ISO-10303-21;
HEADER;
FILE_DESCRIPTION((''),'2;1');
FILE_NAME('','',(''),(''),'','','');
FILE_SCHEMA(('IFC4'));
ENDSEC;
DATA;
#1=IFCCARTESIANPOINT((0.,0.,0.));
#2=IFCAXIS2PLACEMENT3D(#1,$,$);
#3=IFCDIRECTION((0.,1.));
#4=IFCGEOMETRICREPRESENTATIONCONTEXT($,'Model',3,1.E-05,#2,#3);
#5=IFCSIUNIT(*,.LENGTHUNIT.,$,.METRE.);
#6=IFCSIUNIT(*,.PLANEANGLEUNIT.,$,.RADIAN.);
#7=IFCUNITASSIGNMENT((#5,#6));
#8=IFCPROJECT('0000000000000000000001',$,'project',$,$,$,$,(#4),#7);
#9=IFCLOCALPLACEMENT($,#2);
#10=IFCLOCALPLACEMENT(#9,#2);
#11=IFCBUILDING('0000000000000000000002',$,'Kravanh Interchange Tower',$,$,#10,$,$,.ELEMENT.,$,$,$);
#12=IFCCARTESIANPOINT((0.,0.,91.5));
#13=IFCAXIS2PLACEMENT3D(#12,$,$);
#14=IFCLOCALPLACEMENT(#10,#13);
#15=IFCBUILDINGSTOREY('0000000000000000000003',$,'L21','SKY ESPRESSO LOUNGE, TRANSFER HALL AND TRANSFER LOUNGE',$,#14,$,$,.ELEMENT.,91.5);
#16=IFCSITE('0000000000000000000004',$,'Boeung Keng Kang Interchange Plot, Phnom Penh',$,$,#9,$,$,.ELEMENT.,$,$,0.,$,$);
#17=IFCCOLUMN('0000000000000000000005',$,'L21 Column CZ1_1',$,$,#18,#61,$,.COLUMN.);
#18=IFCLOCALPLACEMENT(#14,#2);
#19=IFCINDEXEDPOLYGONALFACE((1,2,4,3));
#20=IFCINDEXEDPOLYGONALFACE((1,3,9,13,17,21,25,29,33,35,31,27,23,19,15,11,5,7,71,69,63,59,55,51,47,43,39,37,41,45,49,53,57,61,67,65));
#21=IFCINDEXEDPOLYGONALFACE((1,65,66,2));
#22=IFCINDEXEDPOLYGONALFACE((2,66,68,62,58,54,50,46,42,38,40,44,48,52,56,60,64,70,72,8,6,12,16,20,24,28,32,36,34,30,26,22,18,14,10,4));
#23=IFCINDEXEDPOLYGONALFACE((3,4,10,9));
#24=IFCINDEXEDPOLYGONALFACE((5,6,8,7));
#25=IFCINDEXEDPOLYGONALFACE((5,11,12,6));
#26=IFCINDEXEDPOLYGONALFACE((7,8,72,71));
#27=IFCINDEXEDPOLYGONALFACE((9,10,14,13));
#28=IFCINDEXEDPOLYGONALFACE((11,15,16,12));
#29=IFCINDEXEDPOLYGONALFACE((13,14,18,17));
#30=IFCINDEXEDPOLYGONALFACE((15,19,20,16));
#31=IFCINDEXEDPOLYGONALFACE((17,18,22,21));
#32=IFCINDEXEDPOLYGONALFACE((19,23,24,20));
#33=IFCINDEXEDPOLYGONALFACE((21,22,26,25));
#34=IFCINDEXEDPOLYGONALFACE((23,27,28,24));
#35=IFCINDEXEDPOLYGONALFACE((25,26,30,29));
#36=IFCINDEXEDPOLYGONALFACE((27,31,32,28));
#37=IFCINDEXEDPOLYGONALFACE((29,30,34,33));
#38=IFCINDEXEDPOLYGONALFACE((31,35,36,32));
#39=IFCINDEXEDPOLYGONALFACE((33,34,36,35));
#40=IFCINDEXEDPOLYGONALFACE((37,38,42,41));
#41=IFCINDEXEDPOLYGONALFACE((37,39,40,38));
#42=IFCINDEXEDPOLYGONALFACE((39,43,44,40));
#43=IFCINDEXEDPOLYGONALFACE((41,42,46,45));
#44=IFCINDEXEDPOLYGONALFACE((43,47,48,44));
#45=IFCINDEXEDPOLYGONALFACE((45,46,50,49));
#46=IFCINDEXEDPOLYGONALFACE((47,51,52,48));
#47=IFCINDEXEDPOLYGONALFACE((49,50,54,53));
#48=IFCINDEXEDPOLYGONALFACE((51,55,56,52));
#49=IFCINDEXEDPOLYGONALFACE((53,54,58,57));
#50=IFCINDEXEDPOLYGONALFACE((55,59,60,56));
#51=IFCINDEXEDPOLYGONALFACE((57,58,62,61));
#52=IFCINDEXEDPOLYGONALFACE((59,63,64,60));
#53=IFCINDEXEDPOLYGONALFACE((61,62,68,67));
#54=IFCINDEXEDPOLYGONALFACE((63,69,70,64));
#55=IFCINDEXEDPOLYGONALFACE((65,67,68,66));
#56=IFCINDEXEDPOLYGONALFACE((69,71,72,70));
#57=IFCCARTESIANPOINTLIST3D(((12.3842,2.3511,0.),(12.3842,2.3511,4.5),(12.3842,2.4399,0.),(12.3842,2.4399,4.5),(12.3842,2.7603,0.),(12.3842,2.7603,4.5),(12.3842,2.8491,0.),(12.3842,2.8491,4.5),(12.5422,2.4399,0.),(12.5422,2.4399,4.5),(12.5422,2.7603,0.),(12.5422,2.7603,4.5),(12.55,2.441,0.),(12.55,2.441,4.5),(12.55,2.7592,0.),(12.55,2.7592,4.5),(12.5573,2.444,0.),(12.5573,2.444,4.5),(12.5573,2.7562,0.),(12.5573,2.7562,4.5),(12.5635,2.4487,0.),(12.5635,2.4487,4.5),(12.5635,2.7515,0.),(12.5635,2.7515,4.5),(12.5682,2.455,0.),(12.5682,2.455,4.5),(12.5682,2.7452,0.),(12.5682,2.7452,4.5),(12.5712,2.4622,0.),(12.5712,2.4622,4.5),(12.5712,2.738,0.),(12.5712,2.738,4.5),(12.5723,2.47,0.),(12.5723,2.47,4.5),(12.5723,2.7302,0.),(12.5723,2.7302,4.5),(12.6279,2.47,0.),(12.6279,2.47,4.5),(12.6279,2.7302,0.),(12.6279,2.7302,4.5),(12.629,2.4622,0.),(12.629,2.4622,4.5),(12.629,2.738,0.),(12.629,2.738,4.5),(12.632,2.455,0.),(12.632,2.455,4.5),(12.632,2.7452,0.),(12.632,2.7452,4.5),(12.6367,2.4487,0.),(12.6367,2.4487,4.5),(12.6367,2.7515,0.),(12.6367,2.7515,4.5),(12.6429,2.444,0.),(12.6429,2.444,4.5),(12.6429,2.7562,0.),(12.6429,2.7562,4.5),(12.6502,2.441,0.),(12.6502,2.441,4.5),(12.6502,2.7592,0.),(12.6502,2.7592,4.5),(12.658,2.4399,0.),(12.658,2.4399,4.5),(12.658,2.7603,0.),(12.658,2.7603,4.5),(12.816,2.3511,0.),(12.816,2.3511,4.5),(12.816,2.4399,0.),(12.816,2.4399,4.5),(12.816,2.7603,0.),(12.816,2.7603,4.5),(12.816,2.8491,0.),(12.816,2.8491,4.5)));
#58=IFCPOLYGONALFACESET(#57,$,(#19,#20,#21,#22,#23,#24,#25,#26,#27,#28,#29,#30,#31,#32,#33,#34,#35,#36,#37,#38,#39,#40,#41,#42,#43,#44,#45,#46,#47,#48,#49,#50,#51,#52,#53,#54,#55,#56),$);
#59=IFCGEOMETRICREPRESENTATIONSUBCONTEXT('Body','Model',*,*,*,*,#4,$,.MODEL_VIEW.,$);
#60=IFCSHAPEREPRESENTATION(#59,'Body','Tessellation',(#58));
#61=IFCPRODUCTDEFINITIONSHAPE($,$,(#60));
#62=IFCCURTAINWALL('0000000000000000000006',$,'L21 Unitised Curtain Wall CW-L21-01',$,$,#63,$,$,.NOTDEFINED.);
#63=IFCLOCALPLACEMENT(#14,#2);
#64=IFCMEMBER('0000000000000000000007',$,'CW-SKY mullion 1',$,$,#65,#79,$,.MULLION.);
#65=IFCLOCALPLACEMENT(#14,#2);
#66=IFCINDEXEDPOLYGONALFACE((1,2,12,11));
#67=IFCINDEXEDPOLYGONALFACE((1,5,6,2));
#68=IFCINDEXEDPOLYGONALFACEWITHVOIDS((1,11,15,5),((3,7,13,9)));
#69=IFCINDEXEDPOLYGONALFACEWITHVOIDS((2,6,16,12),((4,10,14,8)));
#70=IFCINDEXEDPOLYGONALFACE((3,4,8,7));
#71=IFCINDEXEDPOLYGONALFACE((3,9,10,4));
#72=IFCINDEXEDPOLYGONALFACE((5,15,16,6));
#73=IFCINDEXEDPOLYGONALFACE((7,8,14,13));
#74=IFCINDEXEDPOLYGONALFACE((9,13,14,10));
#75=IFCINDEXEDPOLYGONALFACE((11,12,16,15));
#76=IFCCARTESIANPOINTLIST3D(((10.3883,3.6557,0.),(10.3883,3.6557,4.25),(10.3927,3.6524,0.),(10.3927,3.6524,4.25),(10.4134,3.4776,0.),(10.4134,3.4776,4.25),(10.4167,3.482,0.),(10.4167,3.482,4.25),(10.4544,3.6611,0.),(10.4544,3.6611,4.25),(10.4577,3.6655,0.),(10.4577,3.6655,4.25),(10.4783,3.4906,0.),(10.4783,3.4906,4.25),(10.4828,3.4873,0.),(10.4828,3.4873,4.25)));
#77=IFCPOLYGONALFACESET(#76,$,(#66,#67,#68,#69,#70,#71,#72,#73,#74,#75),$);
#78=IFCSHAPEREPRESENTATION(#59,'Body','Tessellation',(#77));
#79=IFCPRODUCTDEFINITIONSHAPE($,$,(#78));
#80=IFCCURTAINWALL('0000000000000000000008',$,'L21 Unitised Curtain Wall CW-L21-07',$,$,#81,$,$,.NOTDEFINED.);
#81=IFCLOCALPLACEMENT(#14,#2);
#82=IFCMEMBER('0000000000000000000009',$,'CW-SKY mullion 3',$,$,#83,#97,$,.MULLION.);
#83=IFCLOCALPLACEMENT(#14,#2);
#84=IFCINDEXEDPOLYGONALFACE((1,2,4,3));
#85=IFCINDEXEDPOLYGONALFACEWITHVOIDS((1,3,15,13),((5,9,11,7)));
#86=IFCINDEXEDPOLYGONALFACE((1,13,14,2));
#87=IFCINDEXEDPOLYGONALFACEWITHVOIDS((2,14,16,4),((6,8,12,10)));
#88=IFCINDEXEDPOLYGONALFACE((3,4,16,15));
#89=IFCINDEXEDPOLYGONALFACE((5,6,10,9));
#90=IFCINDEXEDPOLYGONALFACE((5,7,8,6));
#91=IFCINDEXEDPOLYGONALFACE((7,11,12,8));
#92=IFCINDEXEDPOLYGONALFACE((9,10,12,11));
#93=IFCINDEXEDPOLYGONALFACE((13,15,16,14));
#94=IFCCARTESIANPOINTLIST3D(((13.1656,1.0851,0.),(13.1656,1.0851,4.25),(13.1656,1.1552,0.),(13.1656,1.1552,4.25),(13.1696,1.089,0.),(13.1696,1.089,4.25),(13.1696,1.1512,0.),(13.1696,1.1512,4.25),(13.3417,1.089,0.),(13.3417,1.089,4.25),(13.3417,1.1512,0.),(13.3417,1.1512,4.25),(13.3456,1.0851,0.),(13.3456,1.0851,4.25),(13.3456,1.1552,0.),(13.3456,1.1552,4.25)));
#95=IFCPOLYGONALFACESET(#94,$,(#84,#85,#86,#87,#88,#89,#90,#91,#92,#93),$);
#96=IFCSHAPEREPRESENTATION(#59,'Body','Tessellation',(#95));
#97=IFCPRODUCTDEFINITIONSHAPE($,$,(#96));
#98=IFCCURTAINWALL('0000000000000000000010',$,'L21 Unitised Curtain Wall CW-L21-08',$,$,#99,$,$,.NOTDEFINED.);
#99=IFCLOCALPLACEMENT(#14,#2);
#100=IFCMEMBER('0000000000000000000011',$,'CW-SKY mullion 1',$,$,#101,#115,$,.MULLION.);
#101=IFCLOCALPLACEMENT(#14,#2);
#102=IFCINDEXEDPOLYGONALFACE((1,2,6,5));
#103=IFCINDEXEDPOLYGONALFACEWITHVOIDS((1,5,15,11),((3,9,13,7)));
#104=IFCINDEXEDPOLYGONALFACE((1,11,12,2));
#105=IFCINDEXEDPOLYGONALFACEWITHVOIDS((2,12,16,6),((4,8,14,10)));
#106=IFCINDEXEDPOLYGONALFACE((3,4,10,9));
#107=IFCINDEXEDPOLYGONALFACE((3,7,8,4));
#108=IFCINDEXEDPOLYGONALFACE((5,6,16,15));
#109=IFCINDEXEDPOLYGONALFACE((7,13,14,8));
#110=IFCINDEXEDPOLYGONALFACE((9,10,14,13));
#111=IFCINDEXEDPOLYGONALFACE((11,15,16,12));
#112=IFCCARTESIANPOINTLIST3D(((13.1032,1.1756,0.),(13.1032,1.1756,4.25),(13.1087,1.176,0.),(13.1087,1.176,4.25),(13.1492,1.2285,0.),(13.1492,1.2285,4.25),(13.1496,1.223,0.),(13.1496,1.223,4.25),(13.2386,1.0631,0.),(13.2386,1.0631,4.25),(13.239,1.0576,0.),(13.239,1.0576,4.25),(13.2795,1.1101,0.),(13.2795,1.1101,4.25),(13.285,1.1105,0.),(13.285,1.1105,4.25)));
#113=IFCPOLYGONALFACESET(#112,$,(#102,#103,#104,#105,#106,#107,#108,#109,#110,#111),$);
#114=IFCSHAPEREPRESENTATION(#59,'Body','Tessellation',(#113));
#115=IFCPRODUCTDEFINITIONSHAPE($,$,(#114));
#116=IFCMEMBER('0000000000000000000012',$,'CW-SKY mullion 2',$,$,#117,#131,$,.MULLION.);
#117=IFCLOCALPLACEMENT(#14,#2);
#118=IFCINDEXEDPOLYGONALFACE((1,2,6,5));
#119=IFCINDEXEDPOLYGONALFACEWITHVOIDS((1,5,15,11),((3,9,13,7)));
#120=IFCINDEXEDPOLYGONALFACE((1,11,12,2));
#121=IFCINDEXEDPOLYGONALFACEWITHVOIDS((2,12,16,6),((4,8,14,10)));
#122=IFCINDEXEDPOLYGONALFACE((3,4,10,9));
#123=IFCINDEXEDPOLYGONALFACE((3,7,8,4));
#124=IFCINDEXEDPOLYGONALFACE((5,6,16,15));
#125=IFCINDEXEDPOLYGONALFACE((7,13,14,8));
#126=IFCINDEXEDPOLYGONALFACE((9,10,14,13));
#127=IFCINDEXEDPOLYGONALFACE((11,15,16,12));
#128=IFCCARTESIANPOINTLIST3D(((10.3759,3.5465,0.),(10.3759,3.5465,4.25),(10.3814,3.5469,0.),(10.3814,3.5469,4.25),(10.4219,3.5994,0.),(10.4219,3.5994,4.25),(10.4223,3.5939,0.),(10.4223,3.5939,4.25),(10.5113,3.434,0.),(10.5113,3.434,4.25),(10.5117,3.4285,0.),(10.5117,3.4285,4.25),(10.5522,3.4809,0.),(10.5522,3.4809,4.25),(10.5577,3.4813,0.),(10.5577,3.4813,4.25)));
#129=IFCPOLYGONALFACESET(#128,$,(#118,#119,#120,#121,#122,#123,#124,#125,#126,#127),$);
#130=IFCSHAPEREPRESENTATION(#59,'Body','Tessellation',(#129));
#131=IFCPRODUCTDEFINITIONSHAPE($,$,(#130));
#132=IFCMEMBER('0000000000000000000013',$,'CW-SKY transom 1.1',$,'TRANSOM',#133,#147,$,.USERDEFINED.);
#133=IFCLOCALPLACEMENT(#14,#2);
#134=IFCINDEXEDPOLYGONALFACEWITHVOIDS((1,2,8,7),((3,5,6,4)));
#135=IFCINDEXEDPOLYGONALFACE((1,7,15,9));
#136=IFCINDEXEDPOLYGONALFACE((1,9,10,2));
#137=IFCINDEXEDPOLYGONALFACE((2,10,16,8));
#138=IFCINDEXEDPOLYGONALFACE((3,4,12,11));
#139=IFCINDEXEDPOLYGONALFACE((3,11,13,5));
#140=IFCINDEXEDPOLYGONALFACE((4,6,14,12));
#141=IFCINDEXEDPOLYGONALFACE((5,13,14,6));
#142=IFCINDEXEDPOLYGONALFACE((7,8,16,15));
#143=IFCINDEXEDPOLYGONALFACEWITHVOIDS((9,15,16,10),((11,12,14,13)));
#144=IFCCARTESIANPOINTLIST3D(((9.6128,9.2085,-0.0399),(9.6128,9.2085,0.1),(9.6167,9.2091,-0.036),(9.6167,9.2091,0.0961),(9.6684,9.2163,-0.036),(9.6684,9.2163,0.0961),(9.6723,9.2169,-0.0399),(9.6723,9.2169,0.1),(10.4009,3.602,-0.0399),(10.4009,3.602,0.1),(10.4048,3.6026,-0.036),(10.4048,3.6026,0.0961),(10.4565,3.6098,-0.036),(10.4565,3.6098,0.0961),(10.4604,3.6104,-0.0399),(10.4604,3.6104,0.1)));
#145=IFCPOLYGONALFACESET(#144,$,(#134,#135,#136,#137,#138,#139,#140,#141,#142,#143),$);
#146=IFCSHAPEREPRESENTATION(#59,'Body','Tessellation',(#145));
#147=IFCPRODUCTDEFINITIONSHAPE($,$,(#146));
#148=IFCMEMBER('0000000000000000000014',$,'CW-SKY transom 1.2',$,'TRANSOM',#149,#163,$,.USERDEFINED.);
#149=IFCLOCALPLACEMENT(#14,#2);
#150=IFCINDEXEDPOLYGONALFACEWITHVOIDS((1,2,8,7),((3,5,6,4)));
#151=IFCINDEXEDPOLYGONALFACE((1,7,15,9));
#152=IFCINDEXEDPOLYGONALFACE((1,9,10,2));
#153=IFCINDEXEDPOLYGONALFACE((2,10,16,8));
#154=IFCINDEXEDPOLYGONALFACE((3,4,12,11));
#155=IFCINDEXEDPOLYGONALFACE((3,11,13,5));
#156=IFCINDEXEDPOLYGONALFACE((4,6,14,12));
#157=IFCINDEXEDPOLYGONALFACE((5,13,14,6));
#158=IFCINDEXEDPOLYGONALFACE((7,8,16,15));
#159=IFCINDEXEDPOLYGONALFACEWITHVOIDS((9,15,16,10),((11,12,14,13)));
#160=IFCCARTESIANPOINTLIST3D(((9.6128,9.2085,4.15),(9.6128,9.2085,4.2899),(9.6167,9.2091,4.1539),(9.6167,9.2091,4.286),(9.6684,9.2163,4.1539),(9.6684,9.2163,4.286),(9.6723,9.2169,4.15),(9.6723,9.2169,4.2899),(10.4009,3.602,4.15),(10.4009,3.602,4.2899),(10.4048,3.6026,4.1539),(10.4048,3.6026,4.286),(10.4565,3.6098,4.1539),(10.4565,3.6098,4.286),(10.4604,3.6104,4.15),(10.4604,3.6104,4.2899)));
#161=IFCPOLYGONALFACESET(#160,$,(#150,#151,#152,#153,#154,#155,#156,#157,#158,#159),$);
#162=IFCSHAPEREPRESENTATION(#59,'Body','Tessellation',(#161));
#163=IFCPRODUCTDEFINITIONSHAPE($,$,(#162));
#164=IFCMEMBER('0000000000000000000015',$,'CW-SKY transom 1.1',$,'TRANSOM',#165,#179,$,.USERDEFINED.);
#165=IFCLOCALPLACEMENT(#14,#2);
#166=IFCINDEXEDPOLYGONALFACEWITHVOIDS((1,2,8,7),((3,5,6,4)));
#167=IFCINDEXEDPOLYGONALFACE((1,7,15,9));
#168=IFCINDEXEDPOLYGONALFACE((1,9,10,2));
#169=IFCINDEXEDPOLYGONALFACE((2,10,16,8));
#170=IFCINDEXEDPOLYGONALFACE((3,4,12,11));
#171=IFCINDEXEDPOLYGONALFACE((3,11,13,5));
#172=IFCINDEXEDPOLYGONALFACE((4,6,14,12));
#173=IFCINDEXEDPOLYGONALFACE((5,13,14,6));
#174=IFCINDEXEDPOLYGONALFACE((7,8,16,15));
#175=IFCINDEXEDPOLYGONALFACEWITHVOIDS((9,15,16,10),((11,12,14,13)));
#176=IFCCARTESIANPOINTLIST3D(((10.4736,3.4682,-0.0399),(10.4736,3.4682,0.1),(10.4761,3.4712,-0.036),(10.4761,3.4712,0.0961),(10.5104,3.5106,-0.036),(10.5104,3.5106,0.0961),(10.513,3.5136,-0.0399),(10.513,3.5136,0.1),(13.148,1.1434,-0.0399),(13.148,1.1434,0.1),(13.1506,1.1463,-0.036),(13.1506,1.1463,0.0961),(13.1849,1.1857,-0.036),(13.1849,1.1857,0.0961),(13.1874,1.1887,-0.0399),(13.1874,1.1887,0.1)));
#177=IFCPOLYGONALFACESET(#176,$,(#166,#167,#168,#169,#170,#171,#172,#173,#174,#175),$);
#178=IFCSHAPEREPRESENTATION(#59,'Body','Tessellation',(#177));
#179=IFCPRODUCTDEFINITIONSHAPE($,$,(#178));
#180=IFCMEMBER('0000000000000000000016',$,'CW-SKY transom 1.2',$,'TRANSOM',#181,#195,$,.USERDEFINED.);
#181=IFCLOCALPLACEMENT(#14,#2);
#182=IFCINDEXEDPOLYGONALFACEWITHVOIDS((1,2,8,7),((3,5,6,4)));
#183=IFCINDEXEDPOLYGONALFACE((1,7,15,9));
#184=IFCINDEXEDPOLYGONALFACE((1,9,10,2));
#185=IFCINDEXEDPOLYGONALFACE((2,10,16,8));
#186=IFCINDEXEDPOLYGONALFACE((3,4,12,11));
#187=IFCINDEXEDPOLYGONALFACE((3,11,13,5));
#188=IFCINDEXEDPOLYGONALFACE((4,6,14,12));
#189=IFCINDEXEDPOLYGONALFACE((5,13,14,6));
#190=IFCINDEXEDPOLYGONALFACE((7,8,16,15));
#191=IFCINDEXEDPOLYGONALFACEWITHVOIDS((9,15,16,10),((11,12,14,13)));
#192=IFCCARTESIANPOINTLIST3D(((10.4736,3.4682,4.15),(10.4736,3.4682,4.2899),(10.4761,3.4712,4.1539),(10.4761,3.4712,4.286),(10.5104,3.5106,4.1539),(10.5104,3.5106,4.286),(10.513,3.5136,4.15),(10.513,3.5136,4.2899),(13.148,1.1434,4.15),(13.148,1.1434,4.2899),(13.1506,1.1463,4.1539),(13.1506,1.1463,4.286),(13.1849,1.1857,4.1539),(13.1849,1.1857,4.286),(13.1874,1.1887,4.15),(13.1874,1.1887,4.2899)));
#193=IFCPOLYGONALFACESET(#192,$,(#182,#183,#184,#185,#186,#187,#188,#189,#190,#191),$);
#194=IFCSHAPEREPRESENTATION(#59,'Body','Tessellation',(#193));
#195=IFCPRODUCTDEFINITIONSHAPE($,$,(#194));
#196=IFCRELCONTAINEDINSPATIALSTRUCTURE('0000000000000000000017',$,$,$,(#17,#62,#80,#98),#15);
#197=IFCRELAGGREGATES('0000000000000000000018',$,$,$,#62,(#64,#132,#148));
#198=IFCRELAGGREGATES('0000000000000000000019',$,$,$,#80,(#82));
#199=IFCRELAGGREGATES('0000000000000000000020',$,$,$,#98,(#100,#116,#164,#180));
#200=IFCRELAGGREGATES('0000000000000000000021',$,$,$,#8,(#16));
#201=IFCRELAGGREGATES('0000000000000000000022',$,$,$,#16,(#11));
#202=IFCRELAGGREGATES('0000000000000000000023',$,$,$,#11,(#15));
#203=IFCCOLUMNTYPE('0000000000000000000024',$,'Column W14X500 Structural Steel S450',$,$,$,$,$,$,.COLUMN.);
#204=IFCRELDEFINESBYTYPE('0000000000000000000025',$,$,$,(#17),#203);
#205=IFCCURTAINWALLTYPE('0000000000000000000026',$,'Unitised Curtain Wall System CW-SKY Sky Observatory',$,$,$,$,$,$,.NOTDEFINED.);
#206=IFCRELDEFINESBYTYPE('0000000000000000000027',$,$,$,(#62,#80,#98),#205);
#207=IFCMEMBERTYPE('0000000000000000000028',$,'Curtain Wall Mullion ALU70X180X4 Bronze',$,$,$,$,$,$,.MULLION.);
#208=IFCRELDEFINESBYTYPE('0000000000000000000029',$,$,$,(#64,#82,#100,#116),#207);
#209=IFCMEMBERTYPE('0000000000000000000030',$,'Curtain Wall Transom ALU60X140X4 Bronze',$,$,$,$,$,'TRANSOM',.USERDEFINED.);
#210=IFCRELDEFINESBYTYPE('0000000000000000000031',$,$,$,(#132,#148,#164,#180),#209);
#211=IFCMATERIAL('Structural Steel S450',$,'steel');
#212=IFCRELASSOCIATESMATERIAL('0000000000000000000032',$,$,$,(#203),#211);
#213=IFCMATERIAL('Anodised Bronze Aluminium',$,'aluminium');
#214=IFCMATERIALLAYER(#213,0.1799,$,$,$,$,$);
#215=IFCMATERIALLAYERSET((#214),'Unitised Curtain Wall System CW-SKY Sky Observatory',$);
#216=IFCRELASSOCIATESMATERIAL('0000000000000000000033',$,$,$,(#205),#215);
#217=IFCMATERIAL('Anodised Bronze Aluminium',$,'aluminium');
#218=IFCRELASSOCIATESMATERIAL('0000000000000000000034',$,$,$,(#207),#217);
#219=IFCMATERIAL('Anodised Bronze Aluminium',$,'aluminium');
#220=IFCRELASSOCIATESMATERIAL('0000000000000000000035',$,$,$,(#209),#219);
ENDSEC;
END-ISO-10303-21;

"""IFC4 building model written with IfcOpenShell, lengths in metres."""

from ifc_helpers import new_model, si_unit, direction, frame, origin, origin_2d, place, context, subcontext, project, spatial, hollow_rectangle, i_section, extrude, material, layer, layer_set, material_profile, profile_set, type_object, element, aggregate, save


model = new_model("IFC4")

# Units and contexts
model_context = context("Model", 3, precision=1e-05, world=origin(), true_north=direction((0.0, 1.0)))
body_context = subcontext(model_context, "Body", "Model", "MODEL_VIEW")
ifc_project = project(units=[si_unit("LENGTHUNIT", "METRE"), si_unit("PLANEANGLEUNIT", "RADIAN")], contexts=[model_context])

# Site, building, storey
site_placement = place(None, origin())
site = spatial("IfcSite", under=ifc_project, at=site_placement, Name="Boeung Keng Kang Interchange Plot, Phnom Penh", CompositionType="ELEMENT", RefElevation=0.0)
building_placement = place(site_placement, origin())
building = spatial("IfcBuilding", under=site, at=building_placement, Name="Kravanh Interchange Tower", CompositionType="ELEMENT")
storey_placement = place(building_placement, frame((0.0, 0.0, 91.5)))
storey = spatial("IfcBuildingStorey", under=building, at=storey_placement, Name="L21", Description="SKY ESPRESSO LOUNGE, TRANSFER HALL AND TRANSFER LOUNGE", CompositionType="ELEMENT", Elevation=91.5)

# Column
ifc_material_1 = material(Name="Structural Steel S450", Category="steel")
ifc_material_profile_1 = material_profile(ifc_material_1, i_section(OverallWidth=0.4319, OverallDepth=0.498, WebThickness=0.0557, FlangeThickness=0.0889, FilletRadius=0.03, at=origin_2d()), Name="W14X500")
ifc_profile_set_1 = profile_set([ifc_material_profile_1], Name="Structural Steel S450")
column_type = type_object("IfcColumnType", Name="Column W14X500 Structural Steel S450", PredefinedType="COLUMN", material=ifc_profile_set_1)
column_placement = place(storey_placement, frame((12.6001, 2.6001, 0.0), z_axis=(0.0, 0.0, 1.0), x_axis=(1.0, 0.0, 0.0)))
element("IfcColumn", 1, at=column_placement, inside=storey, type_object=column_type, Name="L21 Column CZ1_1", PredefinedType="COLUMN", context=body_context, shape_type="SweptSolid", body=[
    extrude(i_section(OverallWidth=0.4319, OverallDepth=0.498, WebThickness=0.0557, FlangeThickness=0.0889, FilletRadius=0.03, at=origin_2d()), origin(), (0.0, 0.0, 1.0), 4.5),
])

# Curtain walls, members
ifc_material_2 = material(Name="Anodised Bronze Aluminium", Category="aluminium")
ifc_layer_1 = layer(ifc_material_2, 0.1799)
ifc_layer_set_1 = layer_set([ifc_layer_1], Name="Unitised Curtain Wall System CW-SKY Sky Observatory")
curtain_wall_type = type_object("IfcCurtainWallType", Name="Unitised Curtain Wall System CW-SKY Sky Observatory", PredefinedType="NOTDEFINED", material=ifc_layer_set_1)
curtain_wall_1_placement = place(storey_placement, origin())
curtain_wall_1 = element("IfcCurtainWall", 2, at=curtain_wall_1_placement, inside=storey, type_object=curtain_wall_type, Name="L21 Unitised Curtain Wall CW-L21-01", PredefinedType="NOTDEFINED")
ifc_material_3 = material(Name="Anodised Bronze Aluminium", Category="aluminium")
ifc_material_profile_2 = material_profile(ifc_material_3, hollow_rectangle(XDim=0.0701, YDim=0.1799, WallThickness=0.0039, at=origin_2d()), Name="ALU70X180X4")
ifc_profile_set_2 = profile_set([ifc_material_profile_2], Name="Anodised Bronze Aluminium")
member_type_1 = type_object("IfcMemberType", Name="Curtain Wall Mullion ALU70X180X4 Bronze", PredefinedType="MULLION", material=ifc_profile_set_2)
member_1_placement = place(storey_placement, frame((10.4355, 3.5715, 0.0), z_axis=(0.0, 0.0, 1.0), x_axis=(-0.990268, -0.139177, 0.0)))
member_1 = element("IfcMember", 3, at=member_1_placement, type_object=member_type_1, Name="CW-SKY mullion 1", PredefinedType="MULLION", context=body_context, shape_type="SweptSolid", body=[
    extrude(hollow_rectangle(XDim=0.0701, YDim=0.1799, WallThickness=0.0039, at=origin_2d()), origin(), (0.0, 0.0, 1.0), 4.25),
])
curtain_wall_2_placement = place(storey_placement, origin())
curtain_wall_2 = element("IfcCurtainWall", 4, at=curtain_wall_2_placement, inside=storey, type_object=curtain_wall_type, Name="L21 Unitised Curtain Wall CW-L21-07", PredefinedType="NOTDEFINED")
member_2_placement = place(storey_placement, frame((13.2556, 1.1201, 0.0), z_axis=(0.0, 0.0, 1.0), x_axis=(0.0, -1.0, 0.0)))
member_2 = element("IfcMember", 5, at=member_2_placement, type_object=member_type_1, Name="CW-SKY mullion 3", PredefinedType="MULLION", context=body_context, shape_type="SweptSolid", body=[
    extrude(hollow_rectangle(XDim=0.0701, YDim=0.1799, WallThickness=0.0039, at=origin_2d()), origin(), (0.0, 0.0, 1.0), 4.25),
])

# Curtain wall, members
curtain_wall_3_placement = place(storey_placement, origin())
curtain_wall_3 = element("IfcCurtainWall", 6, at=curtain_wall_3_placement, inside=storey, type_object=curtain_wall_type, Name="L21 Unitised Curtain Wall CW-L21-08", PredefinedType="NOTDEFINED")
member_3_placement = place(storey_placement, frame((13.1941, 1.1431, 0.0), z_axis=(0.0, 0.0, 1.0), x_axis=(-0.65606, -0.754708, 0.0)))
member_3 = element("IfcMember", 7, at=member_3_placement, type_object=member_type_1, Name="CW-SKY mullion 1", PredefinedType="MULLION", context=body_context, shape_type="SweptSolid", body=[
    extrude(hollow_rectangle(XDim=0.0701, YDim=0.1799, WallThickness=0.0039, at=origin_2d()), origin(), (0.0, 0.0, 1.0), 4.25),
])
member_4_placement = place(storey_placement, frame((10.4668, 3.5139, 0.0), z_axis=(0.0, 0.0, 1.0), x_axis=(-0.65606, -0.754708, 0.0)))
member_4 = element("IfcMember", 8, at=member_4_placement, type_object=member_type_1, Name="CW-SKY mullion 2", PredefinedType="MULLION", context=body_context, shape_type="SweptSolid", body=[
    extrude(hollow_rectangle(XDim=0.0701, YDim=0.1799, WallThickness=0.0039, at=origin_2d()), origin(), (0.0, 0.0, 1.0), 4.25),
])

# Members
ifc_material_4 = material(Name="Anodised Bronze Aluminium", Category="aluminium")
ifc_material_profile_3 = material_profile(ifc_material_4, hollow_rectangle(XDim=0.0601, YDim=0.1399, WallThickness=0.0039, at=origin_2d()), Name="ALU60X140X4")
ifc_profile_set_3 = profile_set([ifc_material_profile_3], Name="Anodised Bronze Aluminium")
member_type_2 = type_object("IfcMemberType", Name="Curtain Wall Transom ALU60X140X4 Bronze", ElementType="TRANSOM", PredefinedType="USERDEFINED", material=ifc_profile_set_3)
member_5_placement = place(storey_placement, frame((10.4307, 3.6062, 0.03), z_axis=(-0.139199, 0.990264, 0.0), x_axis=(-0.990264, -0.139199, 0.0)))
member_5 = element("IfcMember", 9, at=member_5_placement, type_object=member_type_2, Name="CW-SKY transom 1.1", ObjectType="TRANSOM", PredefinedType="USERDEFINED", context=body_context, shape_type="SweptSolid", body=[
    extrude(hollow_rectangle(XDim=0.0601, YDim=0.1399, WallThickness=0.0039, at=origin_2d()), origin(), (0.0, 0.0, 1.0), 5.6616),
])
member_6_placement = place(storey_placement, frame((10.4307, 3.6062, 4.22), z_axis=(-0.139199, 0.990264, 0.0), x_axis=(-0.990264, -0.139199, 0.0)))
member_6 = element("IfcMember", 10, at=member_6_placement, type_object=member_type_2, Name="CW-SKY transom 1.2", ObjectType="TRANSOM", PredefinedType="USERDEFINED", context=body_context, shape_type="SweptSolid", body=[
    extrude(hollow_rectangle(XDim=0.0601, YDim=0.1399, WallThickness=0.0039, at=origin_2d()), origin(), (0.0, 0.0, 1.0), 5.6616),
])
aggregate(curtain_wall_1, [member_1, member_5, member_6])
member_7_placement = place(storey_placement, frame((13.1677, 1.166, 0.03), z_axis=(-0.754711, 0.656058, 0.0), x_axis=(-0.656058, -0.754711, 0.0)))
member_7 = element("IfcMember", 11, at=member_7_placement, type_object=member_type_2, Name="CW-SKY transom 1.1", ObjectType="TRANSOM", PredefinedType="USERDEFINED", context=body_context, shape_type="SweptSolid", body=[
    extrude(hollow_rectangle(XDim=0.0601, YDim=0.1399, WallThickness=0.0039, at=origin_2d()), origin(), (0.0, 0.0, 1.0), 3.5437),
])
member_8_placement = place(storey_placement, frame((13.1677, 1.166, 4.22), z_axis=(-0.754711, 0.656058, 0.0), x_axis=(-0.656058, -0.754711, 0.0)))
member_8 = element("IfcMember", 12, at=member_8_placement, type_object=member_type_2, Name="CW-SKY transom 1.2", ObjectType="TRANSOM", PredefinedType="USERDEFINED", context=body_context, shape_type="SweptSolid", body=[
    extrude(hollow_rectangle(XDim=0.0601, YDim=0.1399, WallThickness=0.0039, at=origin_2d()), origin(), (0.0, 0.0, 1.0), 3.5437),
])

aggregate(curtain_wall_2, [member_2])
aggregate(curtain_wall_3, [member_3, member_4, member_7, member_8])

save(model, "model.ifc")
